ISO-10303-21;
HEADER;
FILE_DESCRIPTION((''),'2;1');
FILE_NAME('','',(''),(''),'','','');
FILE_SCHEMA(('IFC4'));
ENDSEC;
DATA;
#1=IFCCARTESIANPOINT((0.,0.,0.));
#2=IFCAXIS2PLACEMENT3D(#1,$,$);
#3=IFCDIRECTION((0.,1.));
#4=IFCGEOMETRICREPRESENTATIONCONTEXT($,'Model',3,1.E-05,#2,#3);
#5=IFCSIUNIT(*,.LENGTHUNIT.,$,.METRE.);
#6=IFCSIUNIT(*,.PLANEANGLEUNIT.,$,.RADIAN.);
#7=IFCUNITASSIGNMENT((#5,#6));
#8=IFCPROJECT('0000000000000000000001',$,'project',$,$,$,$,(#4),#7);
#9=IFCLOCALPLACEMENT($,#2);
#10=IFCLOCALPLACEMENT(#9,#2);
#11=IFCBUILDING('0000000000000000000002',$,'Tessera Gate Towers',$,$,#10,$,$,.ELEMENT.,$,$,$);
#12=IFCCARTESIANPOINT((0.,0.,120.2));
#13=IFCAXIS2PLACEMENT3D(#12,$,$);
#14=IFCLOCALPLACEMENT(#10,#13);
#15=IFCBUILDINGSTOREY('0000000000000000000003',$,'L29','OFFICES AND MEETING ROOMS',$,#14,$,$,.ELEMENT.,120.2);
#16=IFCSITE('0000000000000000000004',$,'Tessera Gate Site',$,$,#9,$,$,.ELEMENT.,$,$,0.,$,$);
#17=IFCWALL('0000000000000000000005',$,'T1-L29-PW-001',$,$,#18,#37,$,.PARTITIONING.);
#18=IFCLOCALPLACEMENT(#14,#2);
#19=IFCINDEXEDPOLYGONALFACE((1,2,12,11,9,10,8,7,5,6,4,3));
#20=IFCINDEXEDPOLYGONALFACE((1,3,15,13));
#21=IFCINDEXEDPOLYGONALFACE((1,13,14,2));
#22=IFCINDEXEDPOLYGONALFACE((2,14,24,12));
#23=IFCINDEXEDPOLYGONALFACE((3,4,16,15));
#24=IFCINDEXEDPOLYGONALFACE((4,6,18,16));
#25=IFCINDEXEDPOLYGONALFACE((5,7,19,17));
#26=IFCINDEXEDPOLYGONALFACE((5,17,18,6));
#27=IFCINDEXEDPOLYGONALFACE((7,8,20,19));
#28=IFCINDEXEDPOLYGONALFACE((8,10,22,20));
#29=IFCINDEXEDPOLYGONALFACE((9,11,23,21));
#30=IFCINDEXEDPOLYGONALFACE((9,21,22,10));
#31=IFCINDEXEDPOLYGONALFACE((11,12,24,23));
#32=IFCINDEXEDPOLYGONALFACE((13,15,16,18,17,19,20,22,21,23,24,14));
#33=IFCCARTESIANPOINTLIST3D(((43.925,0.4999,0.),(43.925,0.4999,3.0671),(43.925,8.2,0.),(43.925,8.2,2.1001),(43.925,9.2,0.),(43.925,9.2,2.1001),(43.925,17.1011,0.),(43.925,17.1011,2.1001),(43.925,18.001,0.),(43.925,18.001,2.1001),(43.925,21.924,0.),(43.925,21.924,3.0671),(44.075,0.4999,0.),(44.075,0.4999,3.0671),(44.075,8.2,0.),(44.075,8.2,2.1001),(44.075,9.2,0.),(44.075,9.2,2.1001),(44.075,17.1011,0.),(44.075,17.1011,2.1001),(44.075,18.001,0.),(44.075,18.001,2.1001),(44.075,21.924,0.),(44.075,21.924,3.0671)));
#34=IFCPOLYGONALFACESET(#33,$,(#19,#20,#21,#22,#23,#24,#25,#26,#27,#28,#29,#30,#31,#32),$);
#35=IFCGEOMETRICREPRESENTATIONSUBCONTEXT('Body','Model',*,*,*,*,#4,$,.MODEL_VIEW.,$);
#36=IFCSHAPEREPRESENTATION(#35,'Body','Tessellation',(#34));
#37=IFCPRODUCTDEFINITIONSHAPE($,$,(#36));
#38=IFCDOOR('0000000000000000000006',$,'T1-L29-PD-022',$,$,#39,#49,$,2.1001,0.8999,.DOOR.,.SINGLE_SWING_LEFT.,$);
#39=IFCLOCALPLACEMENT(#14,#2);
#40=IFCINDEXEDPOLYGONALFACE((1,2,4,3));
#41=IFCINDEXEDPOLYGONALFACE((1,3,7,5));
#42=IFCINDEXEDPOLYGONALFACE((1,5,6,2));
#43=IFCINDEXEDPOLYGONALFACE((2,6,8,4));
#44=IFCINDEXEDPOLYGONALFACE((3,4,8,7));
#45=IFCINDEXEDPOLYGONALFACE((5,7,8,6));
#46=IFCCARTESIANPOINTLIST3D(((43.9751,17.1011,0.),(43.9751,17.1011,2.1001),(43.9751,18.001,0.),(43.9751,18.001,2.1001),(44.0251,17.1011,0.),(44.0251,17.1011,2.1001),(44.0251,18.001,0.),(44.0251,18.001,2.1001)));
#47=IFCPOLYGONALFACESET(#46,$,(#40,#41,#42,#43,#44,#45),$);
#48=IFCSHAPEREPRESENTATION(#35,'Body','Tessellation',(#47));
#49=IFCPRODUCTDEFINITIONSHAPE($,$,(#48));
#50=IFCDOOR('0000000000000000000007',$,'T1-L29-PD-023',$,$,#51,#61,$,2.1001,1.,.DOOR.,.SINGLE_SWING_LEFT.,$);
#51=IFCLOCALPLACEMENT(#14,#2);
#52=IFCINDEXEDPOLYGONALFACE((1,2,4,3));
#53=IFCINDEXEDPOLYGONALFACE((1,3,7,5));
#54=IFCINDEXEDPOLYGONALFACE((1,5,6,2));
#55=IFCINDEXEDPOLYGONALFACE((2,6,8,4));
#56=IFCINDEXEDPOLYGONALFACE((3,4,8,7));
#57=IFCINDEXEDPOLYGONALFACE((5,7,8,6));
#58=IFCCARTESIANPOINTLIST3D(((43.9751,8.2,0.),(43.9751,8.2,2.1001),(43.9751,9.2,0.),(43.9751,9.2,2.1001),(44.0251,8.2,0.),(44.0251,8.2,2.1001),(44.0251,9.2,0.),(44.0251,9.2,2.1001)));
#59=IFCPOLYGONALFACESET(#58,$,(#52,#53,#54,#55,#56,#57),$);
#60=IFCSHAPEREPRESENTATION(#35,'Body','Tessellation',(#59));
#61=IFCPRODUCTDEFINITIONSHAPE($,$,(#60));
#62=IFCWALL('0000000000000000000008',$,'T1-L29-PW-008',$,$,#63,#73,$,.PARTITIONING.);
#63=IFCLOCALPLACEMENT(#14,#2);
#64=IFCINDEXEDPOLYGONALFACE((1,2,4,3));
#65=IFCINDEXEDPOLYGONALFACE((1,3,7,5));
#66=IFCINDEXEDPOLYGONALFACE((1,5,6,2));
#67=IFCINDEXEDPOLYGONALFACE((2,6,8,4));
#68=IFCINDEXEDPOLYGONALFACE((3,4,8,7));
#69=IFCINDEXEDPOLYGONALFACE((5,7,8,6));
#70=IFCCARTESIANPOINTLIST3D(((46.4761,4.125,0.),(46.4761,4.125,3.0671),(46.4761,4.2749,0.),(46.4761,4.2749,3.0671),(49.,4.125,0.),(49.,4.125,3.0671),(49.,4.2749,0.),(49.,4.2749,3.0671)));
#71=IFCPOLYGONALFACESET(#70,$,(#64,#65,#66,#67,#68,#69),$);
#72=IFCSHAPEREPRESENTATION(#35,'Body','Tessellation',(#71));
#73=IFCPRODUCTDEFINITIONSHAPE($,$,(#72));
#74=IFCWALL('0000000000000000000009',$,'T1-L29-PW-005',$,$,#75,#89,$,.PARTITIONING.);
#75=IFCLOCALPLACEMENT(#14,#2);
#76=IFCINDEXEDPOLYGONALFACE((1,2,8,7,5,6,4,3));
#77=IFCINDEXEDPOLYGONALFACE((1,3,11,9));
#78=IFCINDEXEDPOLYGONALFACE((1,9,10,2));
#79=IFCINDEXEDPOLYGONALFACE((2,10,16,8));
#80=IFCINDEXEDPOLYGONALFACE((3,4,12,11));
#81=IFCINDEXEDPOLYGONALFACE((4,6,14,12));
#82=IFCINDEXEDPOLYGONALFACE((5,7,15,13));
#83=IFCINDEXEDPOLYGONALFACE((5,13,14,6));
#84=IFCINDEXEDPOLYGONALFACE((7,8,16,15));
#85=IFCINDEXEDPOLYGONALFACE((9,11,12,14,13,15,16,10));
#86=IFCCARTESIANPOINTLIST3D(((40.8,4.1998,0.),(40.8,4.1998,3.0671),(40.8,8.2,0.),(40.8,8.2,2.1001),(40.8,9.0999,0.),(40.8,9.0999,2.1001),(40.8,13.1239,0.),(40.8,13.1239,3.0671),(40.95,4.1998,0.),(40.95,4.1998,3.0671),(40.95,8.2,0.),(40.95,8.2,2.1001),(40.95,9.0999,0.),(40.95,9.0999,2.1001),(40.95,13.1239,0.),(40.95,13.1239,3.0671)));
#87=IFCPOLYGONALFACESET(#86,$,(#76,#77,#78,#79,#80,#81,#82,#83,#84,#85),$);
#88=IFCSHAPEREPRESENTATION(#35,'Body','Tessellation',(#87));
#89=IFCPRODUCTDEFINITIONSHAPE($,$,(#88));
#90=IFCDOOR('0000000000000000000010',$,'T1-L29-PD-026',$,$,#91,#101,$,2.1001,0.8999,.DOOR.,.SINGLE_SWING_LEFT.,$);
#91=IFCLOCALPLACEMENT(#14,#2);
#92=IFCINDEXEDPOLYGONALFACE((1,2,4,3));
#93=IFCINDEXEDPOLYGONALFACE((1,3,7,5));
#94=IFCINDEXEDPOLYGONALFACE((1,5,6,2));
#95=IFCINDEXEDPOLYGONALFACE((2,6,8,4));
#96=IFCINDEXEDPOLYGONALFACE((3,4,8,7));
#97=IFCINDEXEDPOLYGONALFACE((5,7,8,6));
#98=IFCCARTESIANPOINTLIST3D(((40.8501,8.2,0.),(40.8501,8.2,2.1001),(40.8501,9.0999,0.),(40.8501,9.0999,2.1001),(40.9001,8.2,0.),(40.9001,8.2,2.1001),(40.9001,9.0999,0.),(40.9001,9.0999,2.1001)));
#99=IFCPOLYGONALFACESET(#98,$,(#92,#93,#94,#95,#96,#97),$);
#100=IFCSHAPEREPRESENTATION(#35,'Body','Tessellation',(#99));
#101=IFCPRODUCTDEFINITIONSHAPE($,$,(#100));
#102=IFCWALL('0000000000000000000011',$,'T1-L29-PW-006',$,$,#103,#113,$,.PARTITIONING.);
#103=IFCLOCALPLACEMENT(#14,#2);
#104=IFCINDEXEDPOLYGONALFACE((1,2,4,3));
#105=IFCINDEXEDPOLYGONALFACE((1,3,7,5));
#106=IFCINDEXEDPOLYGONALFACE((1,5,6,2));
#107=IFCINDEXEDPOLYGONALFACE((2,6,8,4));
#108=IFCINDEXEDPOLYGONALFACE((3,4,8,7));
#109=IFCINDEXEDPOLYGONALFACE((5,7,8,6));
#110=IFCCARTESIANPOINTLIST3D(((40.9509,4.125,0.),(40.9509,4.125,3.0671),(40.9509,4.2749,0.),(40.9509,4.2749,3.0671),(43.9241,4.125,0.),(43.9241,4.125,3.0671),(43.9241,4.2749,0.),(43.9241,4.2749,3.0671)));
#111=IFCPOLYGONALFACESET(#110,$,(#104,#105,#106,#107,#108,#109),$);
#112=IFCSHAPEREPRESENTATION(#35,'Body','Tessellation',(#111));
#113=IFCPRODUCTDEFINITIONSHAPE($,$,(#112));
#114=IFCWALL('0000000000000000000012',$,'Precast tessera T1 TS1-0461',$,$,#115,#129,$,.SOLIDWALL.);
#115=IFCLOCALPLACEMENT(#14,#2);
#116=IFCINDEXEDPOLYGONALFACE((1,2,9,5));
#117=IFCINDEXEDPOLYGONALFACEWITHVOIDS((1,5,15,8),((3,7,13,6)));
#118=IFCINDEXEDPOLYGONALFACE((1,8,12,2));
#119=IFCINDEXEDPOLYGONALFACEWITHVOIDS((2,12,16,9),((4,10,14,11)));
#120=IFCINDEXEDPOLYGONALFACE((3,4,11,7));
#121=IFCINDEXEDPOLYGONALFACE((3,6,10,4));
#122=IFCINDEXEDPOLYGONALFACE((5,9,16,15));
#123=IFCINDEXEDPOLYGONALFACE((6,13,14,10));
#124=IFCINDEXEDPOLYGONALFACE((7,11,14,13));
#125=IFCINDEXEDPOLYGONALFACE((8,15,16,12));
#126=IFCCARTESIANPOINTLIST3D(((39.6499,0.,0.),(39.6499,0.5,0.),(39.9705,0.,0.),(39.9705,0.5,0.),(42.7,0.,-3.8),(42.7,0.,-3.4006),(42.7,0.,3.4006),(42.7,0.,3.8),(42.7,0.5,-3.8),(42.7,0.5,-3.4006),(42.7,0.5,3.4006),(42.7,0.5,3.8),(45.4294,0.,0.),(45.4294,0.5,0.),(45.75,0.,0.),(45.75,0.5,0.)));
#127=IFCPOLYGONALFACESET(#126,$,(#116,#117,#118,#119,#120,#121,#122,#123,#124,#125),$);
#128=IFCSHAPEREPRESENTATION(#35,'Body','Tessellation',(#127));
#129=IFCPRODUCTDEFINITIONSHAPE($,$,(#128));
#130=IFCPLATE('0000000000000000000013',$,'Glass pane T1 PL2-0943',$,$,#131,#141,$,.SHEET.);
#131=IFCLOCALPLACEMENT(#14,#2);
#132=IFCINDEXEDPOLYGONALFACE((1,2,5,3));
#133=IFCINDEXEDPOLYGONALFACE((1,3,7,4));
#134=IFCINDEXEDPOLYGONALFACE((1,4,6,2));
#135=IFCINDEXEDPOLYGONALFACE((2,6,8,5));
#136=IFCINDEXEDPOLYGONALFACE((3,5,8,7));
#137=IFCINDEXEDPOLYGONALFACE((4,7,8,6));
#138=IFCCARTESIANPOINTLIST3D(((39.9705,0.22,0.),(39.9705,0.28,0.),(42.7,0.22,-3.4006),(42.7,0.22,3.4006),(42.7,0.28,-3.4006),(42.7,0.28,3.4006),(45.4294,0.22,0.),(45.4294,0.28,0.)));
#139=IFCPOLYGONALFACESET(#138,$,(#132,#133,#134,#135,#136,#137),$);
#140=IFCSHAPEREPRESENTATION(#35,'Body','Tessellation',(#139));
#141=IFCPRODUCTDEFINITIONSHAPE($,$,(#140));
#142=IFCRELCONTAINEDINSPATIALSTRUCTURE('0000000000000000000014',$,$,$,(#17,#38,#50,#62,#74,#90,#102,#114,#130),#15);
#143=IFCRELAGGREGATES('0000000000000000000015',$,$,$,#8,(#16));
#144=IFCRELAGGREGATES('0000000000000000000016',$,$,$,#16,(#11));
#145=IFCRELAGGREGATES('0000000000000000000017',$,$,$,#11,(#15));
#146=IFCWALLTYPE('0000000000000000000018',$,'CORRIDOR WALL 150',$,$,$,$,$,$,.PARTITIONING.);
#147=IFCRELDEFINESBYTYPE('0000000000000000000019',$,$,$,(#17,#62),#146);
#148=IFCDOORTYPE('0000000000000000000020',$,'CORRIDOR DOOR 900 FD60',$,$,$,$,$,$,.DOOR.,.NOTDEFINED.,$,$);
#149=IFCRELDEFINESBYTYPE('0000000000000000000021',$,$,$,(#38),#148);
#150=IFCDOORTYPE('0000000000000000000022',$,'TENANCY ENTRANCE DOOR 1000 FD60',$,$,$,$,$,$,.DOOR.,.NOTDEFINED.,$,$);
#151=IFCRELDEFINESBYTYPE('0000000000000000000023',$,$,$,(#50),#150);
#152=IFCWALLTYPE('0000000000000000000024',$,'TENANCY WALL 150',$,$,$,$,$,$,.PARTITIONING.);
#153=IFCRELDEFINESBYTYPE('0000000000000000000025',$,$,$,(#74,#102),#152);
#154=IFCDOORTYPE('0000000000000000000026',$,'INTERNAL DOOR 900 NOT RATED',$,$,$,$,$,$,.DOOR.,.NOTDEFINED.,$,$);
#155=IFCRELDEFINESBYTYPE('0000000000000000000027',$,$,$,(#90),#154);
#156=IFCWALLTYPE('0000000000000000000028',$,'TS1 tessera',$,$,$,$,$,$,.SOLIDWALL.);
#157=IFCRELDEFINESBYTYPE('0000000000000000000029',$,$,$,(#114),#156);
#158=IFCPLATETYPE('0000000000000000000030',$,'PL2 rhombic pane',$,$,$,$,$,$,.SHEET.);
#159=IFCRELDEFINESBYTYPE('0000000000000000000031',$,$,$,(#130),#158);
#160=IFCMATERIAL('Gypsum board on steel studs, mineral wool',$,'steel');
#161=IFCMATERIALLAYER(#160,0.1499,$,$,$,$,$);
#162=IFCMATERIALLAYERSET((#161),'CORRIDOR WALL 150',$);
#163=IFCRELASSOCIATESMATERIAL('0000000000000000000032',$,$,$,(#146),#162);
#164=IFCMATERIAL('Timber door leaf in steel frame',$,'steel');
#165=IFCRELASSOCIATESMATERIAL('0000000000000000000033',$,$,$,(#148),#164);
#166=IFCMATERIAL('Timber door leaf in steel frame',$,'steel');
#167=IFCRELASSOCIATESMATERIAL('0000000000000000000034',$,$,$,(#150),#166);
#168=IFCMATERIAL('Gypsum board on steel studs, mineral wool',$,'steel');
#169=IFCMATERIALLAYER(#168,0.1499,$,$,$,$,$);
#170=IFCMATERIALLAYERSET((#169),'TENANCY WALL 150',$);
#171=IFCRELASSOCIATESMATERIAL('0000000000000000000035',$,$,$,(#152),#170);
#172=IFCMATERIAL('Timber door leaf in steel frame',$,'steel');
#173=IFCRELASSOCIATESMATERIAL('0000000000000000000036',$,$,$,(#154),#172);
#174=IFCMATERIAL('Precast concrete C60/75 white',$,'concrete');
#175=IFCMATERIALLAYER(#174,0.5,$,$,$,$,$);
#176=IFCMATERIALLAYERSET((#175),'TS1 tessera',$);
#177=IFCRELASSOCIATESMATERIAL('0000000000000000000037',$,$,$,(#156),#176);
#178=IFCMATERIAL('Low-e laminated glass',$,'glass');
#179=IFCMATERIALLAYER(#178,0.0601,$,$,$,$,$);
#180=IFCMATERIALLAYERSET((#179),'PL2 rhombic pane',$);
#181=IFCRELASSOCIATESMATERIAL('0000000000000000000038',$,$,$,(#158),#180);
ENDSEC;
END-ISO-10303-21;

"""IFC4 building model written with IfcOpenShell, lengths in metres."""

from ifc_helpers import new_model, si_unit, direction, frame, frame_2d, origin, place, context, subcontext, project, spatial, polyline, rectangle, outline, extrude, source, transform, mapped, material, layer, layer_set, type_object, element, fill, save


model = new_model("IFC4")

# Units and contexts
model_context = context("Model", 3, precision=1e-05, world=origin(), true_north=direction((0.0, 1.0)))
body_context = subcontext(model_context, "Body", "Model", "MODEL_VIEW")
ifc_project = project(units=[si_unit("LENGTHUNIT", "METRE"), si_unit("PLANEANGLEUNIT", "RADIAN")], contexts=[model_context])

# Site, building, storey
site_placement = place(None, origin())
site = spatial("IfcSite", under=ifc_project, at=site_placement, Name="Tessera Gate Site", CompositionType="ELEMENT", RefElevation=0.0)
building_placement = place(site_placement, origin())
building = spatial("IfcBuilding", under=site, at=building_placement, Name="Tessera Gate Towers", CompositionType="ELEMENT")
storey_placement = place(building_placement, frame((0.0, 0.0, 120.2)))
storey = spatial("IfcBuildingStorey", under=building, at=storey_placement, Name="L29", Description="OFFICES AND MEETING ROOMS", CompositionType="ELEMENT", Elevation=120.2)

# Wall, openings, doors
ifc_material_1 = material(Name="Gypsum board on steel studs, mineral wool", Category="steel")
ifc_layer_1 = layer(ifc_material_1, 0.1499)
ifc_layer_set_1 = layer_set([ifc_layer_1], Name="CORRIDOR WALL 150")
wall_type_1 = type_object("IfcWallType", Name="CORRIDOR WALL 150", PredefinedType="PARTITIONING", material=ifc_layer_set_1)
wall_1_placement = place(storey_placement, frame((44.0, 0.5, 0.0), z_axis=(0.0, 0.0, 1.0), x_axis=(0.0, 1.0, 0.0)))
wall_1 = element("IfcWall", 1, at=wall_1_placement, inside=storey, type_object=wall_type_1, Name="T1-L29-PW-001", PredefinedType="PARTITIONING", context=body_context, shape_type="SweptSolid", body=[
    extrude(rectangle(XDim=21.4241, YDim=0.1499, at=frame_2d((10.7119, 0.0))), origin(), (0.0, 0.0, 1.0), 3.0671),
])
shared_shape_1 = source(origin(), body_context, "Body", "SweptSolid", [
    extrude(rectangle(XDim=0.8999, YDim=2.1001, at=frame_2d((0.45, 1.05))), frame((0.0, 0.085, 0.0), z_axis=(0.0, -1.0, 0.0), x_axis=(1.0, 0.0, 0.0)), (0.0, 0.0, 1.0), 0.1699),
])
opening_1_placement = place(wall_1_placement, frame((16.6011, 0.0, 0.0)))
opening_1 = element("IfcOpeningElement", 2, at=opening_1_placement, cuts=wall_1, PredefinedType="OPENING", context=body_context, shape_type="MappedRepresentation", body=[
    mapped(shared_shape_1, transform((0.0, 0.0, 0.0), scale=1.0)),
])
shared_shape_2 = source(origin(), body_context, "Body", "SweptSolid", [
    extrude(rectangle(XDim=1.0, YDim=2.1001, at=frame_2d((0.5, 1.05))), frame((0.0, 0.085, 0.0), z_axis=(0.0, -1.0, 0.0), x_axis=(1.0, 0.0, 0.0)), (0.0, 0.0, 1.0), 0.1699),
])
opening_2_placement = place(wall_1_placement, frame((7.7, 0.0, 0.0)))
opening_2 = element("IfcOpeningElement", 3, at=opening_2_placement, cuts=wall_1, PredefinedType="OPENING", context=body_context, shape_type="MappedRepresentation", body=[
    mapped(shared_shape_2, transform((0.0, 0.0, 0.0), scale=1.0)),
])
ifc_material_2 = material(Name="Timber door leaf in steel frame", Category="steel")
door_type_1 = type_object("IfcDoorType", Name="CORRIDOR DOOR 900 FD60", OperationType="NOTDEFINED", PredefinedType="DOOR", material=ifc_material_2)
shared_shape_3 = source(origin(), body_context, "Body", "SweptSolid", [
    extrude(rectangle(XDim=0.8999, YDim=2.1001, at=frame_2d((0.45, 1.05))), frame((0.0, 0.0249, 0.0), z_axis=(0.0, -1.0, 0.0), x_axis=(1.0, 0.0, 0.0)), (0.0, 0.0, 1.0), 0.05),
])
door_1_placement = place(opening_1_placement, origin())
door_1 = element("IfcDoor", 4, at=door_1_placement, inside=storey, type_object=door_type_1, Name="T1-L29-PD-022", OperationType="SINGLE_SWING_LEFT", OverallHeight=2.1001, OverallWidth=0.8999, PredefinedType="DOOR", context=body_context, shape_type="MappedRepresentation", body=[
    mapped(shared_shape_3, transform((0.0, 0.0, 0.0), scale=1.0)),
])
fill(opening_1, door_1)
ifc_material_3 = material(Name="Timber door leaf in steel frame", Category="steel")
door_type_2 = type_object("IfcDoorType", Name="TENANCY ENTRANCE DOOR 1000 FD60", OperationType="NOTDEFINED", PredefinedType="DOOR", material=ifc_material_3)
shared_shape_4 = source(origin(), body_context, "Body", "SweptSolid", [
    extrude(rectangle(XDim=1.0, YDim=2.1001, at=frame_2d((0.5, 1.05))), frame((0.0, 0.0249, 0.0), z_axis=(0.0, -1.0, 0.0), x_axis=(1.0, 0.0, 0.0)), (0.0, 0.0, 1.0), 0.05),
])
door_2_placement = place(opening_2_placement, origin())
door_2 = element("IfcDoor", 5, at=door_2_placement, inside=storey, type_object=door_type_2, Name="T1-L29-PD-023", OperationType="SINGLE_SWING_LEFT", OverallHeight=2.1001, OverallWidth=1.0, PredefinedType="DOOR", context=body_context, shape_type="MappedRepresentation", body=[
    mapped(shared_shape_4, transform((0.0, 0.0, 0.0), scale=1.0)),
])
fill(opening_2, door_2)

# Wall
wall_2_placement = place(storey_placement, frame((46.4761, 4.2, 0.0), z_axis=(0.0, 0.0, 1.0), x_axis=(1.0, 0.0, 0.0)))
element("IfcWall", 6, at=wall_2_placement, inside=storey, type_object=wall_type_1, Name="T1-L29-PW-008", PredefinedType="PARTITIONING", context=body_context, shape_type="SweptSolid", body=[
    extrude(rectangle(XDim=2.5239, YDim=0.1499, at=frame_2d((1.262, 0.0))), origin(), (0.0, 0.0, 1.0), 3.0671),
])

# Wall, opening, door
ifc_material_4 = material(Name="Gypsum board on steel studs, mineral wool", Category="steel")
ifc_layer_2 = layer(ifc_material_4, 0.1499)
ifc_layer_set_2 = layer_set([ifc_layer_2], Name="TENANCY WALL 150")
wall_type_2 = type_object("IfcWallType", Name="TENANCY WALL 150", PredefinedType="PARTITIONING", material=ifc_layer_set_2)
wall_3_placement = place(storey_placement, frame((40.875, 4.2, 0.0), z_axis=(0.0, 0.0, 1.0), x_axis=(0.0, 1.0, 0.0)))
wall_3 = element("IfcWall", 7, at=wall_3_placement, inside=storey, type_object=wall_type_2, Name="T1-L29-PW-005", PredefinedType="PARTITIONING", context=body_context, shape_type="SweptSolid", body=[
    extrude(rectangle(XDim=8.9241, YDim=0.1499, at=frame_2d((4.4619, 0.0))), origin(), (0.0, 0.0, 1.0), 3.0671),
])
opening_3_placement = place(wall_3_placement, frame((4.0, 0.0, 0.0)))
opening_3 = element("IfcOpeningElement", 8, at=opening_3_placement, cuts=wall_3, PredefinedType="OPENING", context=body_context, shape_type="MappedRepresentation", body=[
    mapped(shared_shape_1, transform((0.0, 0.0, 0.0), scale=1.0)),
])
ifc_material_5 = material(Name="Timber door leaf in steel frame", Category="steel")
door_type_3 = type_object("IfcDoorType", Name="INTERNAL DOOR 900 NOT RATED", OperationType="NOTDEFINED", PredefinedType="DOOR", material=ifc_material_5)
door_3_placement = place(opening_3_placement, origin())
door_3 = element("IfcDoor", 9, at=door_3_placement, inside=storey, type_object=door_type_3, Name="T1-L29-PD-026", OperationType="SINGLE_SWING_LEFT", OverallHeight=2.1001, OverallWidth=0.8999, PredefinedType="DOOR", context=body_context, shape_type="MappedRepresentation", body=[
    mapped(shared_shape_3, transform((0.0, 0.0, 0.0), scale=1.0)),
])
fill(opening_3, door_3)

# Wall
wall_4_placement = place(storey_placement, frame((40.9509, 4.2, 0.0), z_axis=(0.0, 0.0, 1.0), x_axis=(1.0, 0.0, 0.0)))
element("IfcWall", 10, at=wall_4_placement, inside=storey, type_object=wall_type_2, Name="T1-L29-PW-006", PredefinedType="PARTITIONING", context=body_context, shape_type="SweptSolid", body=[
    extrude(rectangle(XDim=2.9731, YDim=0.1499, at=frame_2d((1.4866, 0.0))), origin(), (0.0, 0.0, 1.0), 3.0671),
])

# Wall, opening, plate
ifc_material_6 = material(Name="Precast concrete C60/75 white", Category="concrete")
ifc_layer_3 = layer(ifc_material_6, 0.5)
ifc_layer_set_3 = layer_set([ifc_layer_3], Name="TS1 tessera")
wall_type_3 = type_object("IfcWallType", Name="TS1 tessera", PredefinedType="SOLIDWALL", material=ifc_layer_set_3)
shared_shape_5 = source(origin(), body_context, "Body", "SweptSolid", [
    extrude(outline(polyline([(3.05, 0.0), (6.1001, 3.8), (3.05, 7.6001), (0.0, 3.8), (3.05, 0.0)])), frame((0.0, 0.25, 0.0), z_axis=(0.0, -1.0, 0.0), x_axis=(1.0, 0.0, 0.0)), (0.0, 0.0, 1.0), 0.5),
])
wall_5_placement = place(storey_placement, frame((39.6499, 0.25, -3.8), z_axis=(0.0, 0.0, 1.0), x_axis=(1.0, 0.0, 0.0)))
wall_5 = element("IfcWall", 11, at=wall_5_placement, inside=storey, type_object=wall_type_3, Name="Precast tessera T1 TS1-0461", PredefinedType="SOLIDWALL", context=body_context, shape_type="MappedRepresentation", body=[
    mapped(shared_shape_5, transform((0.0, 0.0, 0.0), scale=1.0)),
])
shared_shape_6 = source(origin(), body_context, "Body", "SweptSolid", [
    extrude(outline(polyline([(3.05, 0.3994), (5.7795, 3.8), (3.05, 7.2007), (0.3206, 3.8), (3.05, 0.3994)])), frame((0.0, 0.26, 0.0), z_axis=(0.0, -1.0, 0.0), x_axis=(1.0, 0.0, 0.0)), (0.0, 0.0, 1.0), 0.52),
])
opening_4_placement = place(wall_5_placement, origin())
opening_4 = element("IfcOpeningElement", 12, at=opening_4_placement, cuts=wall_5, PredefinedType="OPENING", context=body_context, shape_type="MappedRepresentation", body=[
    mapped(shared_shape_6, transform((0.0, 0.0, 0.0), scale=1.0)),
])
ifc_material_7 = material(Name="Low-e laminated glass", Category="glass")
ifc_layer_4 = layer(ifc_material_7, 0.0601)
ifc_layer_set_4 = layer_set([ifc_layer_4], Name="PL2 rhombic pane")
plate_type = type_object("IfcPlateType", Name="PL2 rhombic pane", PredefinedType="SHEET", material=ifc_layer_set_4)
shared_shape_7 = source(origin(), body_context, "Body", "SweptSolid", [
    extrude(outline(polyline([(3.05, 0.3994), (5.7795, 3.8), (3.05, 7.2007), (0.3206, 3.8), (3.05, 0.3994)])), frame((0.0, 0.03, 0.0), z_axis=(0.0, -1.0, 0.0), x_axis=(1.0, 0.0, 0.0)), (0.0, 0.0, 1.0), 0.0601),
])
plate_1_placement = place(opening_4_placement, origin())
plate_1 = element("IfcPlate", 13, at=plate_1_placement, inside=storey, type_object=plate_type, Name="Glass pane T1 PL2-0943", PredefinedType="SHEET", context=body_context, shape_type="MappedRepresentation", body=[
    mapped(shared_shape_7, transform((0.0, 0.0, 0.0), scale=1.0)),
])
fill(opening_4, plate_1)

save(model, "model.ifc")
